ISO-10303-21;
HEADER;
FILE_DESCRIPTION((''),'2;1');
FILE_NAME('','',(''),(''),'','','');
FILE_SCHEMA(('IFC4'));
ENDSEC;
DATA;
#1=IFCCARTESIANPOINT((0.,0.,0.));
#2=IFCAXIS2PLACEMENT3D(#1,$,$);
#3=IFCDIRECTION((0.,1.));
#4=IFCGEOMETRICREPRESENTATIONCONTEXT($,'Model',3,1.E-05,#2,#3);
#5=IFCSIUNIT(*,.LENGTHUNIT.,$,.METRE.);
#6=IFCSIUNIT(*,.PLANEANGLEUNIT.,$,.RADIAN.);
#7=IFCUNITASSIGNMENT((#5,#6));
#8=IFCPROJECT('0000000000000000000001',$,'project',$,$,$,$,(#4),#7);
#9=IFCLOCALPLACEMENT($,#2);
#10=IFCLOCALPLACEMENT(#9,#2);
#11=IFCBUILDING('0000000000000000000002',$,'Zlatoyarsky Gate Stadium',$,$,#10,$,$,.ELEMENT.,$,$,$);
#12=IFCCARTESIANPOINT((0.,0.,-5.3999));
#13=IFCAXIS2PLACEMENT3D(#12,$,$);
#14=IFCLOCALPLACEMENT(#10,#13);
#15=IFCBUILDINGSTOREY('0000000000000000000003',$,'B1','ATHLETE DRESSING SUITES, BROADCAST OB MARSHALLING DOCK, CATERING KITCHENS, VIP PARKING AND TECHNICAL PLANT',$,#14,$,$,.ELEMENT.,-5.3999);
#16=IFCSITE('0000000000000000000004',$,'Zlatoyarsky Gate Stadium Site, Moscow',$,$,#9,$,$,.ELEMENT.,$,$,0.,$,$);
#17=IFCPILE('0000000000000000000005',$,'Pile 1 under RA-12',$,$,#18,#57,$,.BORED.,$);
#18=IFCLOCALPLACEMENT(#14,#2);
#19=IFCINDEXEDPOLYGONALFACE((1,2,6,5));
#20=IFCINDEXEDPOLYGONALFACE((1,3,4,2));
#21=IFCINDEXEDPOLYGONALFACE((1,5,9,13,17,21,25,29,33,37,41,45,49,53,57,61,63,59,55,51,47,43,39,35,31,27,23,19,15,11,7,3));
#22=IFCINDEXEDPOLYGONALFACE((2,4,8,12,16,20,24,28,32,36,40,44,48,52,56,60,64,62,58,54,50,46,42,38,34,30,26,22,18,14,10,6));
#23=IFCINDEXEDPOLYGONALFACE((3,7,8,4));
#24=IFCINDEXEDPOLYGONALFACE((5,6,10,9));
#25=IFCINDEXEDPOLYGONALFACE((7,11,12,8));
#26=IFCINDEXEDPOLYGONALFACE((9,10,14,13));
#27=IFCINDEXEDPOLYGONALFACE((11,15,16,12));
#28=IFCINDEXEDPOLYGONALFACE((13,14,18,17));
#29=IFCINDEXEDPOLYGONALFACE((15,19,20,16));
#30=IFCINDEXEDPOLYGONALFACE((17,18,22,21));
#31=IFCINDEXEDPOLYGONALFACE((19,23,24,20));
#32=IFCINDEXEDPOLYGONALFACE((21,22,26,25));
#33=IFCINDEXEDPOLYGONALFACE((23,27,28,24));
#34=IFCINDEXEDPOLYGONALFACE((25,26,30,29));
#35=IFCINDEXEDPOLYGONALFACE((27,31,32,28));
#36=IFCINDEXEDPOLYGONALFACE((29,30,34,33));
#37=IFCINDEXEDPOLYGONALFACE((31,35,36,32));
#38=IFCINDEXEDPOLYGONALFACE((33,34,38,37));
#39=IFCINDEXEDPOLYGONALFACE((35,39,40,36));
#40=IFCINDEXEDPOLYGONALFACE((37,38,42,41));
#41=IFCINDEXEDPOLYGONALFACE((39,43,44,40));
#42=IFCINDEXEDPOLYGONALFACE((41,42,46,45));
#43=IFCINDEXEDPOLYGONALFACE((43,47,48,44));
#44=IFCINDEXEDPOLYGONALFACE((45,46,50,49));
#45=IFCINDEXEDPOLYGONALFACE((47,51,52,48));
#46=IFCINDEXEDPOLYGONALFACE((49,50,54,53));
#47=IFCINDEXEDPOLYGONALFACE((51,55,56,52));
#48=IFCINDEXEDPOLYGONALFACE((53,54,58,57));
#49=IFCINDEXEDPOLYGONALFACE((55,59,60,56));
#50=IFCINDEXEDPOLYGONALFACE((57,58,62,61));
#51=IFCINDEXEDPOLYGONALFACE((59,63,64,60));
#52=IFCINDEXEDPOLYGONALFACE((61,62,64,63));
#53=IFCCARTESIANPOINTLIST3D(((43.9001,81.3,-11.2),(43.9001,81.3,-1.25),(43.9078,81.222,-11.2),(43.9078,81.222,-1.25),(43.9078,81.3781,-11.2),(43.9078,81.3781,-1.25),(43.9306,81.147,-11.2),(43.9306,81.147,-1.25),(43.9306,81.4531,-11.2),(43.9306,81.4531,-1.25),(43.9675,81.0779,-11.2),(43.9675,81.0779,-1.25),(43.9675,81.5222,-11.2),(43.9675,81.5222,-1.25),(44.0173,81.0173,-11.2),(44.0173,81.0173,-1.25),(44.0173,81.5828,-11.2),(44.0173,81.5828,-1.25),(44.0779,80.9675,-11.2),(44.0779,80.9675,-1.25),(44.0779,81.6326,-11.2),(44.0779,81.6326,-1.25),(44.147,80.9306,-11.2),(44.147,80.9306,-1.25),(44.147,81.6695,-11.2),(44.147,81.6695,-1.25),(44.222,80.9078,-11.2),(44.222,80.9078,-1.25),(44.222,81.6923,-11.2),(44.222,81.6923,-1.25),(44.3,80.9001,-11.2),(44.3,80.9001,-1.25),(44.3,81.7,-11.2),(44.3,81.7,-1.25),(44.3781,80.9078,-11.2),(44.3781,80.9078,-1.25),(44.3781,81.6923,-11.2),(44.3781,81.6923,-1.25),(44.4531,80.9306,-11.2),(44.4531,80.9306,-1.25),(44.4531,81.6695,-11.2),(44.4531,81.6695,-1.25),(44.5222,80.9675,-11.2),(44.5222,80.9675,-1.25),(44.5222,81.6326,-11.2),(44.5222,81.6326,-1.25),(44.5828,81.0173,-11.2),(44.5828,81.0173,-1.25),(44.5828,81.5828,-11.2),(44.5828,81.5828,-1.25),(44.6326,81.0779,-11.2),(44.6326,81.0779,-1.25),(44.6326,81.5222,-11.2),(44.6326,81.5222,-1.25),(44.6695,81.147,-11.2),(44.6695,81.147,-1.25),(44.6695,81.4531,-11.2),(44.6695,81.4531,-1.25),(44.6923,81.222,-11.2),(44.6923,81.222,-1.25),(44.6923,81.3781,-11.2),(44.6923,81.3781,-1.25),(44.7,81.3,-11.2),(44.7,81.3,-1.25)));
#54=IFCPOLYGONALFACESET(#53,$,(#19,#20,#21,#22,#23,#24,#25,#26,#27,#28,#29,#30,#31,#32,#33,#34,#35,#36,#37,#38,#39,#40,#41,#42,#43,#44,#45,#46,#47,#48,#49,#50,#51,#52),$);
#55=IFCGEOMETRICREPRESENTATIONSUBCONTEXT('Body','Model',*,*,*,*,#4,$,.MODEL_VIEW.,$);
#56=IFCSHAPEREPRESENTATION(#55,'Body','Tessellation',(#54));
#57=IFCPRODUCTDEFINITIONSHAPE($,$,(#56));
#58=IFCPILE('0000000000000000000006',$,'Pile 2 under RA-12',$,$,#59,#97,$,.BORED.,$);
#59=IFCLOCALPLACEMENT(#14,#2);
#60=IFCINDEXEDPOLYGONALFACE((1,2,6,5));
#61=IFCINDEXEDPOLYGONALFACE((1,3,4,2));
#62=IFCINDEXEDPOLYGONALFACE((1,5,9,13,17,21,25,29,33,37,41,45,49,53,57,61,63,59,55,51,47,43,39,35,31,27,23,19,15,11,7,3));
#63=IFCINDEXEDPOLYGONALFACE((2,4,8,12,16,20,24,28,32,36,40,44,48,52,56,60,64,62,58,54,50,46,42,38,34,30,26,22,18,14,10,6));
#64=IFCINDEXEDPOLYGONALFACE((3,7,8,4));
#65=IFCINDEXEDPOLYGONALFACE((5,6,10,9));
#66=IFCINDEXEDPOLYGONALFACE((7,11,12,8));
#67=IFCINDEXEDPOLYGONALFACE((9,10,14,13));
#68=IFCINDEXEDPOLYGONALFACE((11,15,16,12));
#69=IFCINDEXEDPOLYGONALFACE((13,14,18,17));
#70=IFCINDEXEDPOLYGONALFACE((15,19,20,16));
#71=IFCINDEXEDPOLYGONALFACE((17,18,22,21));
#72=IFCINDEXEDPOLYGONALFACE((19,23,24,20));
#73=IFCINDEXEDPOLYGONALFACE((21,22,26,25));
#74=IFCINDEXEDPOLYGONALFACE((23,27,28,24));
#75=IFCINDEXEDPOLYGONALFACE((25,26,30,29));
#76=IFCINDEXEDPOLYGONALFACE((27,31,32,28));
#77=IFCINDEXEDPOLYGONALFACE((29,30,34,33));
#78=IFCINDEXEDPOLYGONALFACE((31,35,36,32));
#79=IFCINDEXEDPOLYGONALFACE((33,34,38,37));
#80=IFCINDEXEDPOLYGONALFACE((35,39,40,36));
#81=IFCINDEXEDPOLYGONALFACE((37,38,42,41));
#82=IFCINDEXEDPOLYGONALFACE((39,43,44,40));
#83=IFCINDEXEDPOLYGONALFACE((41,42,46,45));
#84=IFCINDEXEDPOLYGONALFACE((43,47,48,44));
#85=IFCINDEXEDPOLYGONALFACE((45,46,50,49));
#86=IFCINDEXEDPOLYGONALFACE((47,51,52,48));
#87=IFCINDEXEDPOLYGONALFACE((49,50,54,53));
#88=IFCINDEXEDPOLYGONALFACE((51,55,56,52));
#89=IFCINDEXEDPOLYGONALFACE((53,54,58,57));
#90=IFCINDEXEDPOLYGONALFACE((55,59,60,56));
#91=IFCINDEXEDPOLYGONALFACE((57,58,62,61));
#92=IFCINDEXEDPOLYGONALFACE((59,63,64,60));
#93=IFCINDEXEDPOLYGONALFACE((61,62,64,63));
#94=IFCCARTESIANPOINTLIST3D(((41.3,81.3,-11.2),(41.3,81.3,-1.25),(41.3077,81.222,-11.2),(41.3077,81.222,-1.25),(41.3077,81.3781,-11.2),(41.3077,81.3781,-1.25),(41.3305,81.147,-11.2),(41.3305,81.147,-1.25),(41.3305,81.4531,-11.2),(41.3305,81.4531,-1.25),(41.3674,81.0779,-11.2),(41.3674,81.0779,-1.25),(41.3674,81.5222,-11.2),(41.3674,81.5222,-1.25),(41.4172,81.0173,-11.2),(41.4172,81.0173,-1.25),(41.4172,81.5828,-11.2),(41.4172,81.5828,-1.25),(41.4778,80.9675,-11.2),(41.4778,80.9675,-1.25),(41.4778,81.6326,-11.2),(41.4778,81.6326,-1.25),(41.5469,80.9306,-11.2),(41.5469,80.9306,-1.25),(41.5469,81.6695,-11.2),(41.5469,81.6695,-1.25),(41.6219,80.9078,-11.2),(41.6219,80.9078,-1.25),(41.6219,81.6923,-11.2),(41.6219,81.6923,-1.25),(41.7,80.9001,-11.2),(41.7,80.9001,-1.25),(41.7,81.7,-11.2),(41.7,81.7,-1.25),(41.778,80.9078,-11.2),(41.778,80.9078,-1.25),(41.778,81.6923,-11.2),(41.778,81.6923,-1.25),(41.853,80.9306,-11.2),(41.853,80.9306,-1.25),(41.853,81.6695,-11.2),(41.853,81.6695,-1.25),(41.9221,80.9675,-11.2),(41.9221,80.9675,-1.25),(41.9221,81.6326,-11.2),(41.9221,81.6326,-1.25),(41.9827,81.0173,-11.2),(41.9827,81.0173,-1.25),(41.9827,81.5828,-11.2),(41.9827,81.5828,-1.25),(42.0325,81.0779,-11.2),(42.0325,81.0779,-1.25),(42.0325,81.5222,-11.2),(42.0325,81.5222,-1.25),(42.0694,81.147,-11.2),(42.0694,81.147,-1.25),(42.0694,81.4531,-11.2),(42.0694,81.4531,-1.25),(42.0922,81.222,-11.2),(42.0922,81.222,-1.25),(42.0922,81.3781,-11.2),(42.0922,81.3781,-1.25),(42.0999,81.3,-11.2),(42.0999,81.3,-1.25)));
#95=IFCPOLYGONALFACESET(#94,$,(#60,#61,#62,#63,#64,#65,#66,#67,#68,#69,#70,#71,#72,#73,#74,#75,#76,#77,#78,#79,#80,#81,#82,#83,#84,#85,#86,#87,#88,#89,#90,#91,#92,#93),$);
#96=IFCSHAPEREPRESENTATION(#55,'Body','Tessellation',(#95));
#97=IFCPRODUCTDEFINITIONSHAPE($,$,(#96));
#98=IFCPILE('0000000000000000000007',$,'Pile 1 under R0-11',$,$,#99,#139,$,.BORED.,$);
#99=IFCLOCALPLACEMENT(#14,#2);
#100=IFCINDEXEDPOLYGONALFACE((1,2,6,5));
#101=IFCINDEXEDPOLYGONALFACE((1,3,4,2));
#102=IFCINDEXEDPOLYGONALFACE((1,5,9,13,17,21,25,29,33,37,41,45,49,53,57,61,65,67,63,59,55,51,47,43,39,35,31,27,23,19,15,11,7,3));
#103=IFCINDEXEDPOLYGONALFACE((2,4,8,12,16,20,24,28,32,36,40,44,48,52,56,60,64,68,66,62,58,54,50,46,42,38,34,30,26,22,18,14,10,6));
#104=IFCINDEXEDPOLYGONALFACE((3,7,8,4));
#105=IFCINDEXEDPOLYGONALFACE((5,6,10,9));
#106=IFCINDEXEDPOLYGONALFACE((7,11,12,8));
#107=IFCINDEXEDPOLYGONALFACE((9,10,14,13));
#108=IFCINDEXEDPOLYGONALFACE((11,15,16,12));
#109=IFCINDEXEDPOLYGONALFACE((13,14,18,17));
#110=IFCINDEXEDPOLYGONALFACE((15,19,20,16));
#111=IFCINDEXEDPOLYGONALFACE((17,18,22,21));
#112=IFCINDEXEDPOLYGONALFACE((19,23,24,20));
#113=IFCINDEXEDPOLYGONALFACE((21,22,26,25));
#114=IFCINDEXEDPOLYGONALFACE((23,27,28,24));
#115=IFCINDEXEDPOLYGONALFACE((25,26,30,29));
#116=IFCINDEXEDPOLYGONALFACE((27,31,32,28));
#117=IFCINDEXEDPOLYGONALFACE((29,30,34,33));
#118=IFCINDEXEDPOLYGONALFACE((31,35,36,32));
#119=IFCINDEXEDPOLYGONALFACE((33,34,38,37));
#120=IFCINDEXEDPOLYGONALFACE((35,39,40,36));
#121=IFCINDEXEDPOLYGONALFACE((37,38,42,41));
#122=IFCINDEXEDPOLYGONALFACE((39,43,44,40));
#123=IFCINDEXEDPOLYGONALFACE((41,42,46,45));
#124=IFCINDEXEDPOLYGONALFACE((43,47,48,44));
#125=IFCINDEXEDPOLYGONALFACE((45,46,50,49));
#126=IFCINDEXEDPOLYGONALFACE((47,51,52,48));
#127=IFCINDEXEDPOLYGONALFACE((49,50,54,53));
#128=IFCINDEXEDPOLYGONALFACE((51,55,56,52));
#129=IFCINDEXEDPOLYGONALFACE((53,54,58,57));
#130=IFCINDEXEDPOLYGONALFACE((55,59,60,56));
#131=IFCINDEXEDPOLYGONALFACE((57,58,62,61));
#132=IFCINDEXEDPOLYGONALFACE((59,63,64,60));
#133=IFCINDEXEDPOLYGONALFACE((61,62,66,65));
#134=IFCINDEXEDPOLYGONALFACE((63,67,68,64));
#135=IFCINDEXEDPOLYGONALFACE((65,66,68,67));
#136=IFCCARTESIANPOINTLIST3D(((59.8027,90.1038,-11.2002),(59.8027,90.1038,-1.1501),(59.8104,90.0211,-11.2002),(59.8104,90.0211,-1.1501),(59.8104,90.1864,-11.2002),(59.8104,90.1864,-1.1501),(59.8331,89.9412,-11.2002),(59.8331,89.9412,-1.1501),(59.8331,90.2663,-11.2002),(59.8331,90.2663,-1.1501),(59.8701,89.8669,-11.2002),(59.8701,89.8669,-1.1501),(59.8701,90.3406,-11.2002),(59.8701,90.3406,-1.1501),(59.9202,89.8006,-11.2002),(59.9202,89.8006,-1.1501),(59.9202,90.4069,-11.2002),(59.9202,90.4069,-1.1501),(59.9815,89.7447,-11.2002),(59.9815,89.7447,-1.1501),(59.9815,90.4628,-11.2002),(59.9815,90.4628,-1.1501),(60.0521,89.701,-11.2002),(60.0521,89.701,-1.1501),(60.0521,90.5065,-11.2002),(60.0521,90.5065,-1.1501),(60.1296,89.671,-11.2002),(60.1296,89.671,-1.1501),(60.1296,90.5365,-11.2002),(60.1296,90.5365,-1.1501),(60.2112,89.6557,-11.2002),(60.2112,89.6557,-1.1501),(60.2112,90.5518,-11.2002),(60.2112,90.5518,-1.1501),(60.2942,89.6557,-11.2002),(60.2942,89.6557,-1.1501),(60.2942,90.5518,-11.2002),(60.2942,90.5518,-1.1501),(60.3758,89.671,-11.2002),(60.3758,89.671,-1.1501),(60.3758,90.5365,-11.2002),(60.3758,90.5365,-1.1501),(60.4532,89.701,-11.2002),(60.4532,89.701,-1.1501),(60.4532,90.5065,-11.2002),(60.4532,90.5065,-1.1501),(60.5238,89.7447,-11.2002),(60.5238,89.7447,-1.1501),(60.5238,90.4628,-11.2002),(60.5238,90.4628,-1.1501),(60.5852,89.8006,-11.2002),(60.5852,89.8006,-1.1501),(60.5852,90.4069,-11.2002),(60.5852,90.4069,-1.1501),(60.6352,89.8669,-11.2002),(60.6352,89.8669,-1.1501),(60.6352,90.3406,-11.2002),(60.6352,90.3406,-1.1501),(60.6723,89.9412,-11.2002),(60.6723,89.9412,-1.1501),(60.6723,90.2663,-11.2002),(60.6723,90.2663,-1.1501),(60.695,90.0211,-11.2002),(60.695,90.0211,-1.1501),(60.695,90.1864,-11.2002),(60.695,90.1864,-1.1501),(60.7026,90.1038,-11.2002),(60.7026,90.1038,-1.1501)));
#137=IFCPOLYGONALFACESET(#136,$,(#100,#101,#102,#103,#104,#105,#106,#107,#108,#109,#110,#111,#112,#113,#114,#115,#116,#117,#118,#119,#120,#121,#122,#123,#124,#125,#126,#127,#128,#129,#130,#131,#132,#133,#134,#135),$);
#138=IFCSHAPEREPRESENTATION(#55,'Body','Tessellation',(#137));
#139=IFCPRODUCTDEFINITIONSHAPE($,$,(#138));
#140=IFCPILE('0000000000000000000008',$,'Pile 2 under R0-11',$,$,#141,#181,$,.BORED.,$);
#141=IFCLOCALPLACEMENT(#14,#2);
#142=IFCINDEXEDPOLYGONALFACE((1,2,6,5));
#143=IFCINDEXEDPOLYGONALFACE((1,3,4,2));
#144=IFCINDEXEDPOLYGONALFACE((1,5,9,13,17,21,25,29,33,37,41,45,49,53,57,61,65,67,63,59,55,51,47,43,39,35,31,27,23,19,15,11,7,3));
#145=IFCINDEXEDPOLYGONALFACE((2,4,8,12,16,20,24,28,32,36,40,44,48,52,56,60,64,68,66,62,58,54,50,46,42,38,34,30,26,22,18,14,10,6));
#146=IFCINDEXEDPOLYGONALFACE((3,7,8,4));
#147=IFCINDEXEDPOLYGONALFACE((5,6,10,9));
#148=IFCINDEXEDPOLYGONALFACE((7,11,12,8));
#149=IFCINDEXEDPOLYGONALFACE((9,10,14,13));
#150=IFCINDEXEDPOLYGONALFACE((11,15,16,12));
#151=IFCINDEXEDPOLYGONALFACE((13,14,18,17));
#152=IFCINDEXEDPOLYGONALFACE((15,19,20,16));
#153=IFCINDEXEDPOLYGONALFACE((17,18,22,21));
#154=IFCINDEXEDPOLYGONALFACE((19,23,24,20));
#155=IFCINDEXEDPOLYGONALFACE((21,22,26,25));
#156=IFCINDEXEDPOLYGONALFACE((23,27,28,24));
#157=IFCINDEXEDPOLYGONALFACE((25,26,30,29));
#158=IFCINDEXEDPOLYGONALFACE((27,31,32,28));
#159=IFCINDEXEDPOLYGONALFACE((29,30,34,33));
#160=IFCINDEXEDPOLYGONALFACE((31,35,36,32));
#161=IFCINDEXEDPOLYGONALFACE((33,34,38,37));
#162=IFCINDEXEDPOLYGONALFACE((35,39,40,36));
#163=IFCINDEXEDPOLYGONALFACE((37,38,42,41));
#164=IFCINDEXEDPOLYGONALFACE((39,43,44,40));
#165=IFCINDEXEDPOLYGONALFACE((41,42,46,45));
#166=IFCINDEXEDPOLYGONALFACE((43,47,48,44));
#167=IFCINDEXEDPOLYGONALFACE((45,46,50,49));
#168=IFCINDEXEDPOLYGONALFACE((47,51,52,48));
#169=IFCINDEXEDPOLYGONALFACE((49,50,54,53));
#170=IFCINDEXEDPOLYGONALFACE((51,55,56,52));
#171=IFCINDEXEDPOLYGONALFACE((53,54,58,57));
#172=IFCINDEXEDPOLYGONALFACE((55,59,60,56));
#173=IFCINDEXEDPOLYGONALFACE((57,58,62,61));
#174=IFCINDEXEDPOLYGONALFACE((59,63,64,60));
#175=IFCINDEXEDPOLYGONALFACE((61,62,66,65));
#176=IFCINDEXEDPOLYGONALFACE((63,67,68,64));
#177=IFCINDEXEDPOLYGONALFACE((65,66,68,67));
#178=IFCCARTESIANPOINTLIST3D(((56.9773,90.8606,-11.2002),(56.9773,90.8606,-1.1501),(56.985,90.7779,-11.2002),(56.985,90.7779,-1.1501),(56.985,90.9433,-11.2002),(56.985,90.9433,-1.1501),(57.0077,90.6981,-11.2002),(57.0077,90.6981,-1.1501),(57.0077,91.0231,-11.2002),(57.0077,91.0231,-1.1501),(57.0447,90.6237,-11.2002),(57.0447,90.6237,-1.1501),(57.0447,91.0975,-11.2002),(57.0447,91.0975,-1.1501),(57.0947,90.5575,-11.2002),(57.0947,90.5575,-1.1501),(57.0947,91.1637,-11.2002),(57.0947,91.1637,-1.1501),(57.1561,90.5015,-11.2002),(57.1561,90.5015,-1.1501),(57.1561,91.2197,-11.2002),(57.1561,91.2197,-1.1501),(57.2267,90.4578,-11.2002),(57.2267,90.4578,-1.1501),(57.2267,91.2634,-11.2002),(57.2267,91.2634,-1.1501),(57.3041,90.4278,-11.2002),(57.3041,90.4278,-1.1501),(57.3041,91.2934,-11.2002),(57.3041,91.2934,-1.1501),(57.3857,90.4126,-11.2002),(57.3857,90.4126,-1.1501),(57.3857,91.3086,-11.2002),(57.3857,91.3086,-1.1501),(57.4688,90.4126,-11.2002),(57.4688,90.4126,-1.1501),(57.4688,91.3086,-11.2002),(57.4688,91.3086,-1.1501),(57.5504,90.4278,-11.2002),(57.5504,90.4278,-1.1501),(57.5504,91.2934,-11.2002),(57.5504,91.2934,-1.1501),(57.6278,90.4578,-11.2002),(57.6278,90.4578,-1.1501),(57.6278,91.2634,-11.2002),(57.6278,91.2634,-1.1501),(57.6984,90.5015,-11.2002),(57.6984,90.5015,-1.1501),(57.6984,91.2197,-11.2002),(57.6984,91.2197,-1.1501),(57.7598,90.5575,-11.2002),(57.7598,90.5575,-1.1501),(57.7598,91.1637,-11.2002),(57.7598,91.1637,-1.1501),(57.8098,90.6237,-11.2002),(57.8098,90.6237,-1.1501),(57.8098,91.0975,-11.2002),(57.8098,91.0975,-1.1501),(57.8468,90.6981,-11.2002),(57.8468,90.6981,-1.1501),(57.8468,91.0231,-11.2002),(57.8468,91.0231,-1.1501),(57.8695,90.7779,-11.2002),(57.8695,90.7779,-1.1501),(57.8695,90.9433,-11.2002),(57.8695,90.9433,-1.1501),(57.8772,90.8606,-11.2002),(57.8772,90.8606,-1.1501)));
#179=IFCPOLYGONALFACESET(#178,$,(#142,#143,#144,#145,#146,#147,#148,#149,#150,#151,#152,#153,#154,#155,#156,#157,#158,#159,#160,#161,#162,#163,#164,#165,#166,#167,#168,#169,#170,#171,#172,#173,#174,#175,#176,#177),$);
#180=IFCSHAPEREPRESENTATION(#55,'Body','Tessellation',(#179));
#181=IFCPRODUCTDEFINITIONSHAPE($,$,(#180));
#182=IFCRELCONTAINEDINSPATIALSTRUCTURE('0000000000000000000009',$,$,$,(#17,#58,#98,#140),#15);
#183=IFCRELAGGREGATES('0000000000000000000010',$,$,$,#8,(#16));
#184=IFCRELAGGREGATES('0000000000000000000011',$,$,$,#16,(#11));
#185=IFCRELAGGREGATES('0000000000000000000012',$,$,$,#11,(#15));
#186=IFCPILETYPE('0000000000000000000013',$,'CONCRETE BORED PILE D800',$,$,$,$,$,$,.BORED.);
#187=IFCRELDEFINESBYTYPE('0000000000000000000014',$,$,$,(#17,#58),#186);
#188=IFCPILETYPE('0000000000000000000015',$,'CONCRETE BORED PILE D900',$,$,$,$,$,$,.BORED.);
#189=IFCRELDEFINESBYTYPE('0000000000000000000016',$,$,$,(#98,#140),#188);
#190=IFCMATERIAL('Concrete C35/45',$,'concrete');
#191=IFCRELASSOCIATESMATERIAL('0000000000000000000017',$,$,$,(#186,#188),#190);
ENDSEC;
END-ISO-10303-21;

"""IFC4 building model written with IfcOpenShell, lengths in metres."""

from ifc_helpers import new_model, si_unit, direction, frame, origin, origin_2d, place, context, subcontext, project, spatial, circle, extrude, material, material_profile, profile_set, type_object, element, save


model = new_model("IFC4")

# Units and contexts
model_context = context("Model", 3, precision=1e-05, world=origin(), true_north=direction((0.0, 1.0)))
body_context = subcontext(model_context, "Body", "Model", "MODEL_VIEW")
ifc_project = project(units=[si_unit("LENGTHUNIT", "METRE"), si_unit("PLANEANGLEUNIT", "RADIAN")], contexts=[model_context])

# Site, building, storey
site_placement = place(None, origin())
site = spatial("IfcSite", under=ifc_project, at=site_placement, Name="Zlatoyarsky Gate Stadium Site, Moscow", CompositionType="ELEMENT", RefElevation=0.0)
building_placement = place(site_placement, origin())
building = spatial("IfcBuilding", under=site, at=building_placement, Name="Zlatoyarsky Gate Stadium", CompositionType="ELEMENT")
storey_placement = place(building_placement, frame((0.0, 0.0, -5.3999)))
storey = spatial("IfcBuildingStorey", under=building, at=storey_placement, Name="B1", Description="ATHLETE DRESSING SUITES, BROADCAST OB MARSHALLING DOCK, CATERING KITCHENS, VIP PARKING AND TECHNICAL PLANT", CompositionType="ELEMENT", Elevation=-5.3999)

# Piles
ifc_material_1 = material(Name="Concrete C35/45", Category="concrete")
ifc_material_profile_1 = material_profile(ifc_material_1, circle(Radius=0.3999, at=origin_2d()), Name="BORED PILE D800")
ifc_profile_set_1 = profile_set([ifc_material_profile_1], Name="Concrete C35/45")
pile_type_1 = type_object("IfcPileType", Name="CONCRETE BORED PILE D800", PredefinedType="BORED", material=ifc_profile_set_1)
for number, where, z_axis, x_axis, name in (
    (1, (44.3, 81.3, -1.25), (0.0, 0.0, -1.0), (1.0, 0.0, 0.0), "Pile 1 under RA-12"),
    (2, (41.7, 81.3, -1.25), (0.0, 0.0, -1.0), (1.0, 0.0, 0.0), "Pile 2 under RA-12"),
):
    element("IfcPile", number, at=place(storey_placement, frame(where, z_axis=z_axis, x_axis=x_axis)), inside=storey, type_object=pile_type_1, Name=name, PredefinedType="BORED", context=body_context, shape_type="SweptSolid", body=[
        extrude(circle(Radius=0.3999, at=origin_2d()), origin(), (0.0, 0.0, 1.0), 9.95),
    ])
ifc_material_profile_2 = material_profile(ifc_material_1, circle(Radius=0.45, at=origin_2d()), Name="BORED PILE D900")
ifc_profile_set_2 = profile_set([ifc_material_profile_2], Name="Concrete C35/45")
pile_type_2 = type_object("IfcPileType", Name="CONCRETE BORED PILE D900", PredefinedType="BORED", material=ifc_profile_set_2)
for number, where, z_axis, x_axis, name in (
    (3, (60.2527, 90.1038, -1.1501), (0.0, 0.0, -1.0), (1.0, 0.0, 0.0), "Pile 1 under R0-11"),
    (4, (57.4272, 90.8606, -1.1501), (0.0, 0.0, -1.0), (1.0, 0.0, 0.0), "Pile 2 under R0-11"),
):
    element("IfcPile", number, at=place(storey_placement, frame(where, z_axis=z_axis, x_axis=x_axis)), inside=storey, type_object=pile_type_2, Name=name, PredefinedType="BORED", context=body_context, shape_type="SweptSolid", body=[
        extrude(circle(Radius=0.45, at=origin_2d()), origin(), (0.0, 0.0, 1.0), 10.05),
    ])

save(model, "model.ifc")
